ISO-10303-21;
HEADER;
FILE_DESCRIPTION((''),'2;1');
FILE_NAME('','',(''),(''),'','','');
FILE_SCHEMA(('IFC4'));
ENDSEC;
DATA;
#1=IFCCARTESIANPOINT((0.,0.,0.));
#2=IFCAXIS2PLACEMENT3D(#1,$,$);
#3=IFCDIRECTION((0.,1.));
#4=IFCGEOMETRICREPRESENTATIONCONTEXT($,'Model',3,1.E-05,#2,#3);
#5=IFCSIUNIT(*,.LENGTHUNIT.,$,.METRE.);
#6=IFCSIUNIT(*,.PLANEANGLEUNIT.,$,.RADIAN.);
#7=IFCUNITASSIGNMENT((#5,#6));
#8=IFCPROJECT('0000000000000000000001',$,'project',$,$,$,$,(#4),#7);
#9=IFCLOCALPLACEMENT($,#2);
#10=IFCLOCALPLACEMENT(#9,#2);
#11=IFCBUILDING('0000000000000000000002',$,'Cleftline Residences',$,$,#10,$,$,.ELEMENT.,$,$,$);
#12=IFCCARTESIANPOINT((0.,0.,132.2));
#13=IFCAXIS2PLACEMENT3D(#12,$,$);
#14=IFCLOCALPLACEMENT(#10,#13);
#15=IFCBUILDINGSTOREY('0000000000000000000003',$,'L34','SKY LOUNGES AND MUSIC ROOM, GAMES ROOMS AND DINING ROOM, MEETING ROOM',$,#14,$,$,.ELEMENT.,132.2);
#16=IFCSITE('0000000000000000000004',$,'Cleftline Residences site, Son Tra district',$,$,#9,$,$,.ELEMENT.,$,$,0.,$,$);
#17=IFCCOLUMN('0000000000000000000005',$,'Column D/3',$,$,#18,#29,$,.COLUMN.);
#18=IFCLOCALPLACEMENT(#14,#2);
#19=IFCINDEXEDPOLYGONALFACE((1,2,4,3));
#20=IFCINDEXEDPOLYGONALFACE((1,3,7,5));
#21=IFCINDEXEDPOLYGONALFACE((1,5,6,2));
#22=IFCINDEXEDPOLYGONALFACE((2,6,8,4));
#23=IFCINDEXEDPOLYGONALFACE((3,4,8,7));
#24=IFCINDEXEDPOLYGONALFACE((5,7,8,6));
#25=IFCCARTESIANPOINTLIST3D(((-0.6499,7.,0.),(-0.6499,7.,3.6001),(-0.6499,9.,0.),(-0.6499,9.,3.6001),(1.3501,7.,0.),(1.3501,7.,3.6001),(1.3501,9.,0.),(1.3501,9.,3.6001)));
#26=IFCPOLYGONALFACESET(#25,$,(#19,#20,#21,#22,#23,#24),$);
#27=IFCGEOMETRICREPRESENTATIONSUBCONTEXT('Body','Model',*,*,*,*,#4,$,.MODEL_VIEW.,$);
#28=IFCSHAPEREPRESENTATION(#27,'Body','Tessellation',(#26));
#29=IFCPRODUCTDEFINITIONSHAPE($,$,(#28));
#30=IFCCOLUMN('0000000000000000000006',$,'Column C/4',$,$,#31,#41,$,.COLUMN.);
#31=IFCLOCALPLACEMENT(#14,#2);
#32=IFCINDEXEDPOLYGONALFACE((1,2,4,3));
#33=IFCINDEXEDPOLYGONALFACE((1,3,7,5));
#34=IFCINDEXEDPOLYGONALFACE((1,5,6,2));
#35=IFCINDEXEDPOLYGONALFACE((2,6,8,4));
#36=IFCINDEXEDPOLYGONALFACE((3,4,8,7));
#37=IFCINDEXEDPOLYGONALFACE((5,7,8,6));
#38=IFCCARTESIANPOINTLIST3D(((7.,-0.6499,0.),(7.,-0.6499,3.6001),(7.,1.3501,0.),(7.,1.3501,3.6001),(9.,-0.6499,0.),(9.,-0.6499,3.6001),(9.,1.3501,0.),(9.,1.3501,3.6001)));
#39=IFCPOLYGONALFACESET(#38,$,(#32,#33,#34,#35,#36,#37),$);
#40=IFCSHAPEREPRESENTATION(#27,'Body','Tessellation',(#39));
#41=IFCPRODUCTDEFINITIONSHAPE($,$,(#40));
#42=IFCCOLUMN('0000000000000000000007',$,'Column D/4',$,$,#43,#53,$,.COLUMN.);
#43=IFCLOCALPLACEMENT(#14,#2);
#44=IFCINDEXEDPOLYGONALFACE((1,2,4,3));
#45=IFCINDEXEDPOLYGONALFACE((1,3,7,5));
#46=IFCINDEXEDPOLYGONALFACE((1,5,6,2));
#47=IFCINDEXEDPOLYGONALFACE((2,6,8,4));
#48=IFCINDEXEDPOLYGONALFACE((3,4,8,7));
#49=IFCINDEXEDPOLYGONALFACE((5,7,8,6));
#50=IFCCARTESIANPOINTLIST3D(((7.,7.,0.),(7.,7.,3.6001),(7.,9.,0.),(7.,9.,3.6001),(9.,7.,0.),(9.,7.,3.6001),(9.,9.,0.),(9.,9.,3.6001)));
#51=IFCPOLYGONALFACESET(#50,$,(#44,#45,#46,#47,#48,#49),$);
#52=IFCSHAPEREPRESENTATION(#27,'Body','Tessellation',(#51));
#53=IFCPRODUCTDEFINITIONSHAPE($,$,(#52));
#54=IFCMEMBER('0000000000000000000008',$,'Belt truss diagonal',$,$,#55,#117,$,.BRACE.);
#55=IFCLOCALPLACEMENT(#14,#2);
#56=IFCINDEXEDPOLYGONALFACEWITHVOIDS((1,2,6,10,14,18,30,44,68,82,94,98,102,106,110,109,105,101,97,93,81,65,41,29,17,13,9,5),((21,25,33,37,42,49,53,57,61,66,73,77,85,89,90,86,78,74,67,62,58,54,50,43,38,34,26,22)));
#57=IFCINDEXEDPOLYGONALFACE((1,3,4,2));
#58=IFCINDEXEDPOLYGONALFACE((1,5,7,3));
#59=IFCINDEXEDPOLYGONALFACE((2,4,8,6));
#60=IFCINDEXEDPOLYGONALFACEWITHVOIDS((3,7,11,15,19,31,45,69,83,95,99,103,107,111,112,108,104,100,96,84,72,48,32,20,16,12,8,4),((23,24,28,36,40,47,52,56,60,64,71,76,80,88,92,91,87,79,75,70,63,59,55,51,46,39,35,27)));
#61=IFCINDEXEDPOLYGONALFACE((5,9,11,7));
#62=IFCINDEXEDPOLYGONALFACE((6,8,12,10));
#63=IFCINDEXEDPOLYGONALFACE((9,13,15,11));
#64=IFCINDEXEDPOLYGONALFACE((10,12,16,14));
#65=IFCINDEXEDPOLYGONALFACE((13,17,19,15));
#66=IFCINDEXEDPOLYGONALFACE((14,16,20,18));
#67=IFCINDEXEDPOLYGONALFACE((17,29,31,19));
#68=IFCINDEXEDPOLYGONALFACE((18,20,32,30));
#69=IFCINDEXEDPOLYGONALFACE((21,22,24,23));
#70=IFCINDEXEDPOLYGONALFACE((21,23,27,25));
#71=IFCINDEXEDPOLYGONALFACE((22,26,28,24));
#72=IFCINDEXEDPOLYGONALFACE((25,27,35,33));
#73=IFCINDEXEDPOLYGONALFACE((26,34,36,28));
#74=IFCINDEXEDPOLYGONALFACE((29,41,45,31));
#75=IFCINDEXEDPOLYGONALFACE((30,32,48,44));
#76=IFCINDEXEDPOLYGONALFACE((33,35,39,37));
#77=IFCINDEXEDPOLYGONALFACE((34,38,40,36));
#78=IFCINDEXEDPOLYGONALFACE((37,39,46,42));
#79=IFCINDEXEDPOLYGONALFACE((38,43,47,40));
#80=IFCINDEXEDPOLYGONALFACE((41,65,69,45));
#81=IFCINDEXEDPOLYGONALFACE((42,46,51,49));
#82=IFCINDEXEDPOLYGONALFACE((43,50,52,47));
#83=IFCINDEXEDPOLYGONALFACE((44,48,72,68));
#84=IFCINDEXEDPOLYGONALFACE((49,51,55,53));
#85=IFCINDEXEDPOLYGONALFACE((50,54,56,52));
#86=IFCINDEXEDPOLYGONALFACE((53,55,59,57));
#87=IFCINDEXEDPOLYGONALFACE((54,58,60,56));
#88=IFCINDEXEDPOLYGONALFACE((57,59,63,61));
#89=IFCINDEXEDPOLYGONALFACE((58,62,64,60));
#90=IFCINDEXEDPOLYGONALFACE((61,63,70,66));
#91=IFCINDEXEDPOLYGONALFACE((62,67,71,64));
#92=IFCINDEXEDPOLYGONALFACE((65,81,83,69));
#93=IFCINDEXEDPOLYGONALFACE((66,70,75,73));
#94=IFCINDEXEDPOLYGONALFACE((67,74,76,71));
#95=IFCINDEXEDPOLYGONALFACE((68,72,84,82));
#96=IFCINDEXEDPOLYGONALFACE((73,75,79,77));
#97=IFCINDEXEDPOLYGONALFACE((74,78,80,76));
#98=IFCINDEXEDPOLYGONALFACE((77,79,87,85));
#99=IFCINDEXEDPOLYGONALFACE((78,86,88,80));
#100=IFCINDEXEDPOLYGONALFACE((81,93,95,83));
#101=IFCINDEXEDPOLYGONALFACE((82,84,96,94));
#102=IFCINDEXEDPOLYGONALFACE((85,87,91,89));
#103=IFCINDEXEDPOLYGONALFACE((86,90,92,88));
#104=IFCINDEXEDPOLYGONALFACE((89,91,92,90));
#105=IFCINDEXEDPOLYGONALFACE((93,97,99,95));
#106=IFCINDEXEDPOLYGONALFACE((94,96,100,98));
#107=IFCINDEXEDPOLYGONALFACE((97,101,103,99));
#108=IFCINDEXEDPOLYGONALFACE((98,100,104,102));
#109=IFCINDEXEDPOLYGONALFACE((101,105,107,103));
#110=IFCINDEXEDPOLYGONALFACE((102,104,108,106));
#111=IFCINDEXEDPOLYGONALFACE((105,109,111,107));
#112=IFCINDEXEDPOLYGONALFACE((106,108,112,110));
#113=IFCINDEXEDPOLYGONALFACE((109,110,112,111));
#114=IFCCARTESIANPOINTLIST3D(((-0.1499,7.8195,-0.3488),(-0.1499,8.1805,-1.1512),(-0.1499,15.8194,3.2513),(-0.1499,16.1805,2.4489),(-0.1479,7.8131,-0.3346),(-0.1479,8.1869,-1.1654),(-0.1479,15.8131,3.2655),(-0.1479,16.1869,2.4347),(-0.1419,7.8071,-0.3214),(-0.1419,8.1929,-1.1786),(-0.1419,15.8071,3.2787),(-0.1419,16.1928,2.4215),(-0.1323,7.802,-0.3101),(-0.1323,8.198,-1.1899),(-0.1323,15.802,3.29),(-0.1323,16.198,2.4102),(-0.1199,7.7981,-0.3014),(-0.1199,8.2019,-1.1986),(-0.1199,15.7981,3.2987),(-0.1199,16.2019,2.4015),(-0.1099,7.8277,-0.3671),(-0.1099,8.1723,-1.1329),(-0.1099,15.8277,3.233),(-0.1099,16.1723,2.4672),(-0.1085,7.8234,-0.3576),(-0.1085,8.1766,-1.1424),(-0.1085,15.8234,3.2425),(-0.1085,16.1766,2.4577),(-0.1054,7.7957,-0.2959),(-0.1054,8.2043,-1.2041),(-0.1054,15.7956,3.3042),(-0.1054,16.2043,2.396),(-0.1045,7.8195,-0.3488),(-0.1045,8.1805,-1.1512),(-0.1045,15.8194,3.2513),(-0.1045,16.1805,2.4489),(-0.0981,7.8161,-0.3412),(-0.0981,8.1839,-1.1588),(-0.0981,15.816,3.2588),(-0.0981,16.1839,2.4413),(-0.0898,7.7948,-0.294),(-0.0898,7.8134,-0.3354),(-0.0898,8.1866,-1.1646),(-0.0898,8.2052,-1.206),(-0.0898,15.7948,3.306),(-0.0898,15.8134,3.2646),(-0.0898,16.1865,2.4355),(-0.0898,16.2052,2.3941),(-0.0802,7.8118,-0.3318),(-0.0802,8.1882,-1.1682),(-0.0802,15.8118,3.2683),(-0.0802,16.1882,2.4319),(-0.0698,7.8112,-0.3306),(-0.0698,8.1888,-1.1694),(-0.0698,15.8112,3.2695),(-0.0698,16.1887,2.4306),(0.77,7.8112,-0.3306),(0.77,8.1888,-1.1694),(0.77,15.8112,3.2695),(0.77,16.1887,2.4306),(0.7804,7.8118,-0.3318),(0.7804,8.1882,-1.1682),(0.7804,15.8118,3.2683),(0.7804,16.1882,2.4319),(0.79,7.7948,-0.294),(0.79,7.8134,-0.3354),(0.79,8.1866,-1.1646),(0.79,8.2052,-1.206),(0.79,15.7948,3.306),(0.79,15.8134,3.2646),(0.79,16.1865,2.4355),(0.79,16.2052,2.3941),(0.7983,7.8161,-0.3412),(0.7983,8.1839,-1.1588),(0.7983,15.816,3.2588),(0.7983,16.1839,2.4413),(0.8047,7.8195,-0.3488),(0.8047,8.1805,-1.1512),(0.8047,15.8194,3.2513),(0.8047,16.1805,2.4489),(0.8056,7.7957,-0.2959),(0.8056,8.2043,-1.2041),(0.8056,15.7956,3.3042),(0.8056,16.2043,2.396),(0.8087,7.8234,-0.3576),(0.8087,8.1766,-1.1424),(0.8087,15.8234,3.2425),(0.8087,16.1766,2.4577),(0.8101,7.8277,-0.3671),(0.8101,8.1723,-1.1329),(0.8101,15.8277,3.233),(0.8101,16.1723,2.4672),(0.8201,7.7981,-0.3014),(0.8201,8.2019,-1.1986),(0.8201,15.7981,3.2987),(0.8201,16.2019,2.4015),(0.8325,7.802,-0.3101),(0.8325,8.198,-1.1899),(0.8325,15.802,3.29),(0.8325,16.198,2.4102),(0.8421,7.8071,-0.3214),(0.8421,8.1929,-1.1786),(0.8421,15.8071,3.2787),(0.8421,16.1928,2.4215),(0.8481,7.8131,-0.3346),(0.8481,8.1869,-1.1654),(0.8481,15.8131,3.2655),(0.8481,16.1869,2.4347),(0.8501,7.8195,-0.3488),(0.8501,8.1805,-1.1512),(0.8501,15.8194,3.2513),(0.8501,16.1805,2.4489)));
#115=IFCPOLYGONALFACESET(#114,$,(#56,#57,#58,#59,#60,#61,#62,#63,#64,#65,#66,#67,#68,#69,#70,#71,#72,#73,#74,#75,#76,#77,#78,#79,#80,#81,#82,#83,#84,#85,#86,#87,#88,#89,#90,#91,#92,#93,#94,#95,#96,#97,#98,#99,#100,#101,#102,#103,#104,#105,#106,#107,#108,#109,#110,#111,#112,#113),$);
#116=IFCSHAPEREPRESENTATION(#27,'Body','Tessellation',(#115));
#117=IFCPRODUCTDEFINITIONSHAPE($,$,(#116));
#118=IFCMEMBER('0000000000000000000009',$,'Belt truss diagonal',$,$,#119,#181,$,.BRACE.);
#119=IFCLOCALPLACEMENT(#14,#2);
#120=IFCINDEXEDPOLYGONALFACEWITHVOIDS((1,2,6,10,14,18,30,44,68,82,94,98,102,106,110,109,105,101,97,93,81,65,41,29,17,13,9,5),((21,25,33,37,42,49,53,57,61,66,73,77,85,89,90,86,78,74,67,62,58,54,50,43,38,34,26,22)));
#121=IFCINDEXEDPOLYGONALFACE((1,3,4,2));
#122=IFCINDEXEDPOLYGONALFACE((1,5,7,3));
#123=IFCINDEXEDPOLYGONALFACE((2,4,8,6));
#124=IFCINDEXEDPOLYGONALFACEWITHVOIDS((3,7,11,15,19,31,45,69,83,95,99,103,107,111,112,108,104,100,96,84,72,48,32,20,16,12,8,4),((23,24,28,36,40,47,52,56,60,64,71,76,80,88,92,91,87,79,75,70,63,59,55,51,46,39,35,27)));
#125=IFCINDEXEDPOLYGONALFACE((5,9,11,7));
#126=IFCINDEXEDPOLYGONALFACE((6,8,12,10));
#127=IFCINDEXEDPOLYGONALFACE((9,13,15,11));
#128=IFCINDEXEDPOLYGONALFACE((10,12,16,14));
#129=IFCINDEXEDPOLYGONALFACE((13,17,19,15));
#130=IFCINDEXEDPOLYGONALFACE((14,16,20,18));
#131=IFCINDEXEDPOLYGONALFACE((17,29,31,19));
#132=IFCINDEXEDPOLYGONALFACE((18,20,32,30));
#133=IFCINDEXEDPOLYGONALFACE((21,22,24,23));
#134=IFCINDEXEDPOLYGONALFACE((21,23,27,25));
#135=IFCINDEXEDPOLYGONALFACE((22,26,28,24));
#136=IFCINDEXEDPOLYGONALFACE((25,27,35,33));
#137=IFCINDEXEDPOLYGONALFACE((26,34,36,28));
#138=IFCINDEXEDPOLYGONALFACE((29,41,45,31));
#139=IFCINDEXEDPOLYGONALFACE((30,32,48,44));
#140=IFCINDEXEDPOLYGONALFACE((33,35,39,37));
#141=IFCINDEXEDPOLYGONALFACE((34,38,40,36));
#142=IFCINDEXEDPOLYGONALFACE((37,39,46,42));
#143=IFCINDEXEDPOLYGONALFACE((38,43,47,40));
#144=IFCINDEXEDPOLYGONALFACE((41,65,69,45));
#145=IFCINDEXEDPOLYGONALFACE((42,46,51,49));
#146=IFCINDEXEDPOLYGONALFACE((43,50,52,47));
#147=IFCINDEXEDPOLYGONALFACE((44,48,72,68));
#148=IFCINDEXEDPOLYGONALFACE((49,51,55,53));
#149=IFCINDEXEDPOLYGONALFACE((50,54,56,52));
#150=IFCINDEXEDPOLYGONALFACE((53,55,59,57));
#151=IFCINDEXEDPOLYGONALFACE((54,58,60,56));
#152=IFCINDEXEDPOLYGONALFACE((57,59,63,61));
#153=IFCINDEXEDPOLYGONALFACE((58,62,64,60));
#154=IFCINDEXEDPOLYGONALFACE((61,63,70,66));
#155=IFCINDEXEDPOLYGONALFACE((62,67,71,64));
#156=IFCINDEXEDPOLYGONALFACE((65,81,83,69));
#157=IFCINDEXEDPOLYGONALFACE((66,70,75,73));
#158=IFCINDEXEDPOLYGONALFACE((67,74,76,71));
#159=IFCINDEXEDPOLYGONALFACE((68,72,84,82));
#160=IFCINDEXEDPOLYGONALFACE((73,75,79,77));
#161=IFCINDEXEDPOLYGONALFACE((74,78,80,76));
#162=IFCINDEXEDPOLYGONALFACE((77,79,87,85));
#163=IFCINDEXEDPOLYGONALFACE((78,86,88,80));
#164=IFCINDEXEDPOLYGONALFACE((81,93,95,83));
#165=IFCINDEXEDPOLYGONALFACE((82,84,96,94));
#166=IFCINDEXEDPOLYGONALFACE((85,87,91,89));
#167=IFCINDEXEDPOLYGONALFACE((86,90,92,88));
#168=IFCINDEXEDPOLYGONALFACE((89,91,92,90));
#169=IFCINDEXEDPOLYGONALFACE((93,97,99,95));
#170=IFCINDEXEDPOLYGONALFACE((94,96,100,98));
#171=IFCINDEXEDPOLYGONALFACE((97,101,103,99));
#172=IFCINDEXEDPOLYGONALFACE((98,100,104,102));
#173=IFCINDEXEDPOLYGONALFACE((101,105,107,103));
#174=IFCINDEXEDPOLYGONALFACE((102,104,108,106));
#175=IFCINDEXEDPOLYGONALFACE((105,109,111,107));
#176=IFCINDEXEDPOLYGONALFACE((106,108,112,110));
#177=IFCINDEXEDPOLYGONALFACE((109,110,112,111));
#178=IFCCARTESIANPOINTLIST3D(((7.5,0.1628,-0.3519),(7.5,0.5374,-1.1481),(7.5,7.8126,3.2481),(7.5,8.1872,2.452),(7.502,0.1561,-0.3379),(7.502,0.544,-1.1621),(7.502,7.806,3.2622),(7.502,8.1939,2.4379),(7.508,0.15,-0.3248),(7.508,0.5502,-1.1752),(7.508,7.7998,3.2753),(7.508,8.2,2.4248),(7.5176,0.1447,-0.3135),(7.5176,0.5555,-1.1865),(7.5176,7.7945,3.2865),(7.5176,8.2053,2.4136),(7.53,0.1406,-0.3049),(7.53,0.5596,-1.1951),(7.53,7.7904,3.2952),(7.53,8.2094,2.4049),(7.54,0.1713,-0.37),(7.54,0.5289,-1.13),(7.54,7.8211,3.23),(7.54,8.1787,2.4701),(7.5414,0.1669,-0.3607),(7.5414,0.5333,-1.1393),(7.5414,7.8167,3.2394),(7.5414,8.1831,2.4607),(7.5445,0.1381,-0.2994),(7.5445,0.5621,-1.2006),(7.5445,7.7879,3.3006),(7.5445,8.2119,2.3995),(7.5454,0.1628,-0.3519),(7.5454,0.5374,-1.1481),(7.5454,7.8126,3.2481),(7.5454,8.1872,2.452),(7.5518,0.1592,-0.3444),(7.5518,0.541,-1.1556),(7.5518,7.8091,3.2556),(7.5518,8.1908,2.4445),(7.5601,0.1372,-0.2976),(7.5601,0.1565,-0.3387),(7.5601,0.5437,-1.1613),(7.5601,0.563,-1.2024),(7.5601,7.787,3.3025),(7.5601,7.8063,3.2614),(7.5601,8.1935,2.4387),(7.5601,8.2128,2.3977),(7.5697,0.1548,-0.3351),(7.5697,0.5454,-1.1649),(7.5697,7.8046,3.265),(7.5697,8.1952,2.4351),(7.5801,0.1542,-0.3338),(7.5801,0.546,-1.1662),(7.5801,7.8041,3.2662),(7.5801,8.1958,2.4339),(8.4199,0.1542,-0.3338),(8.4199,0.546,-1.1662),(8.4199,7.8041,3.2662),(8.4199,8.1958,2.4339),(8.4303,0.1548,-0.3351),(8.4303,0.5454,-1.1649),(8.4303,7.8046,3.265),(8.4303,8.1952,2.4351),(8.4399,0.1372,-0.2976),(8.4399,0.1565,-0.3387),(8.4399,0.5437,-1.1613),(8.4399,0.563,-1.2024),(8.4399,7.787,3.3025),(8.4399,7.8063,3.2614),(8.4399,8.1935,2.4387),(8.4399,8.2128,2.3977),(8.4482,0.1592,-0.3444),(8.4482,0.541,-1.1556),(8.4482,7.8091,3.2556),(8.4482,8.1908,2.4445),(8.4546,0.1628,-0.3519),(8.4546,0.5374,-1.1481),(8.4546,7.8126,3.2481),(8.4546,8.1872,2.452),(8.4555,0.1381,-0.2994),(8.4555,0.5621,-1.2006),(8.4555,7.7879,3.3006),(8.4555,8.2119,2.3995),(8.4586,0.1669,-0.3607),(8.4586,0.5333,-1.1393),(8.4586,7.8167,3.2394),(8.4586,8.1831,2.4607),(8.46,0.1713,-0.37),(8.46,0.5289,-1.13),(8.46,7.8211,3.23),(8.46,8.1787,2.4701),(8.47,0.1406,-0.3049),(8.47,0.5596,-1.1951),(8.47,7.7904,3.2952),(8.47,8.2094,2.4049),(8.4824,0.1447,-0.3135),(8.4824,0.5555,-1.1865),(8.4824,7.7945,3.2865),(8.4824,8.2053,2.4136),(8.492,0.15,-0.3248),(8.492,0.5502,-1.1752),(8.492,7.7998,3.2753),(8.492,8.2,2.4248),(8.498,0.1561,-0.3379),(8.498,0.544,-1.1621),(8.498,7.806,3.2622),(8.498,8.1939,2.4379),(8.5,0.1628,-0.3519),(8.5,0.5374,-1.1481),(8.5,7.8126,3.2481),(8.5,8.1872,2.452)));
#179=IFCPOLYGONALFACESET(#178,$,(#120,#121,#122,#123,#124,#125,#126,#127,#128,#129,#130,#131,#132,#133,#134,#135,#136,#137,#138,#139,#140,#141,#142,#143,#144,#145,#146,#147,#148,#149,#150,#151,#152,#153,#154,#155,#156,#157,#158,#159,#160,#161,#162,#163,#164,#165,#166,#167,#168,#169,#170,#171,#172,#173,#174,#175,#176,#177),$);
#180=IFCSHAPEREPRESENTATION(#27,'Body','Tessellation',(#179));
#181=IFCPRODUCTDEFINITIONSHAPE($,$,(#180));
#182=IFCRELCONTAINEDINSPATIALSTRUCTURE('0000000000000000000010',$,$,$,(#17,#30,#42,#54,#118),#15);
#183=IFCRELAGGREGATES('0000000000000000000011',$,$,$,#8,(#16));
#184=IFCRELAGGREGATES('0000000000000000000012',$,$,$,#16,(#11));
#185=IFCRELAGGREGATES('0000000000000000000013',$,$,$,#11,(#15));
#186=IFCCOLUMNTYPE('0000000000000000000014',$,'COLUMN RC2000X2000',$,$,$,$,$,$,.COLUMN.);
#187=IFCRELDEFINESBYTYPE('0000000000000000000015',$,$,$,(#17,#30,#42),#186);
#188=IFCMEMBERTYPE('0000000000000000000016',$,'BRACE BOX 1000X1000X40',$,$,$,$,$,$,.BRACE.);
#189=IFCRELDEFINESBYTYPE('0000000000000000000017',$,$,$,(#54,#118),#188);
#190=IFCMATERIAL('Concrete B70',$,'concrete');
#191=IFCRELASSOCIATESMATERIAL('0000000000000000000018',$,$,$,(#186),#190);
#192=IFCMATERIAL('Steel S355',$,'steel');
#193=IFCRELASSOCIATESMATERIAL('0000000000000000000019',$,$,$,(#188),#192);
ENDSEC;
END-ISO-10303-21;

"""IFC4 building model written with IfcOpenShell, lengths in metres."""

from ifc_helpers import new_model, si_unit, direction, frame, origin, origin_2d, place, context, subcontext, project, spatial, rectangle, hollow_rectangle, extrude, material, material_profile, profile_set, type_object, element, save


model = new_model("IFC4")

# Units and contexts
model_context = context("Model", 3, precision=1e-05, world=origin(), true_north=direction((0.0, 1.0)))
body_context = subcontext(model_context, "Body", "Model", "MODEL_VIEW")
ifc_project = project(units=[si_unit("LENGTHUNIT", "METRE"), si_unit("PLANEANGLEUNIT", "RADIAN")], contexts=[model_context])

# Site, building, storey
site_placement = place(None, origin())
site = spatial("IfcSite", under=ifc_project, at=site_placement, Name="Cleftline Residences site, Son Tra district", CompositionType="ELEMENT", RefElevation=0.0)
building_placement = place(site_placement, origin())
building = spatial("IfcBuilding", under=site, at=building_placement, Name="Cleftline Residences", CompositionType="ELEMENT")
storey_placement = place(building_placement, frame((0.0, 0.0, 132.2)))
storey = spatial("IfcBuildingStorey", under=building, at=storey_placement, Name="L34", Description="SKY LOUNGES AND MUSIC ROOM, GAMES ROOMS AND DINING ROOM, MEETING ROOM", CompositionType="ELEMENT", Elevation=132.2)

# Columns
ifc_material_1 = material(Name="Concrete B70", Category="concrete")
ifc_material_profile_1 = material_profile(ifc_material_1, rectangle(XDim=2.0, YDim=2.0, at=origin_2d()))
ifc_profile_set_1 = profile_set([ifc_material_profile_1], Name="Concrete B70")
column_type = type_object("IfcColumnType", Name="COLUMN RC2000X2000", PredefinedType="COLUMN", material=ifc_profile_set_1)
for number, where, z_axis, x_axis, name in (
    (1, (0.3501, 8.0, 0.0), (0.0, 0.0, 1.0), (1.0, 0.0, 0.0), "Column D/3"),
    (2, (8.0, 0.3501, 0.0), (0.0, 0.0, 1.0), (1.0, 0.0, 0.0), "Column C/4"),
    (3, (8.0, 8.0, 0.0), (0.0, 0.0, 1.0), (1.0, 0.0, 0.0), "Column D/4"),
):
    element("IfcColumn", number, at=place(storey_placement, frame(where, z_axis=z_axis, x_axis=x_axis)), inside=storey, type_object=column_type, Name=name, PredefinedType="COLUMN", context=body_context, shape_type="SweptSolid", body=[
        extrude(rectangle(XDim=2.0, YDim=2.0, at=origin_2d()), origin(), (0.0, 0.0, 1.0), 3.6001),
    ])

# Members
ifc_material_2 = material(Name="Steel S355", Category="steel")
ifc_material_profile_2 = material_profile(ifc_material_2, hollow_rectangle(XDim=1.0, YDim=1.0, WallThickness=0.04, InnerFilletRadius=0.04, OuterFilletRadius=0.0601, at=origin_2d()))
ifc_profile_set_2 = profile_set([ifc_material_profile_2], Name="Steel S355")
member_type_1 = type_object("IfcMemberType", Name="BRACE BOX 1000X1000X40", PredefinedType="BRACE", material=ifc_profile_set_2)
member_1_placement = place(storey_placement, frame((0.3501, 8.0, -0.75), z_axis=(0.0, 0.911917, 0.410374), x_axis=(0.0, -0.410374, 0.911917)))
element("IfcMember", 4, at=member_1_placement, inside=storey, type_object=member_type_1, Name="Belt truss diagonal", PredefinedType="BRACE", context=body_context, shape_type="SweptSolid", body=[
    extrude(hollow_rectangle(XDim=1.0, YDim=1.0, WallThickness=0.04, InnerFilletRadius=0.04, OuterFilletRadius=0.0601, at=origin_2d()), origin(), (0.0, 0.0, 1.0), 8.7727),
])
member_2_placement = place(storey_placement, frame((8.0, 0.3501, -0.75), z_axis=(0.0, 0.904812, 0.425811), x_axis=(0.0, -0.425811, 0.904812)))
element("IfcMember", 5, at=member_2_placement, inside=storey, type_object=member_type_1, Name="Belt truss diagonal", PredefinedType="BRACE", context=body_context, shape_type="SweptSolid", body=[
    extrude(hollow_rectangle(XDim=1.0, YDim=1.0, WallThickness=0.04, InnerFilletRadius=0.04, OuterFilletRadius=0.0601, at=origin_2d()), origin(), (0.0, 0.0, 1.0), 8.4546),
])

save(model, "model.ifc")
